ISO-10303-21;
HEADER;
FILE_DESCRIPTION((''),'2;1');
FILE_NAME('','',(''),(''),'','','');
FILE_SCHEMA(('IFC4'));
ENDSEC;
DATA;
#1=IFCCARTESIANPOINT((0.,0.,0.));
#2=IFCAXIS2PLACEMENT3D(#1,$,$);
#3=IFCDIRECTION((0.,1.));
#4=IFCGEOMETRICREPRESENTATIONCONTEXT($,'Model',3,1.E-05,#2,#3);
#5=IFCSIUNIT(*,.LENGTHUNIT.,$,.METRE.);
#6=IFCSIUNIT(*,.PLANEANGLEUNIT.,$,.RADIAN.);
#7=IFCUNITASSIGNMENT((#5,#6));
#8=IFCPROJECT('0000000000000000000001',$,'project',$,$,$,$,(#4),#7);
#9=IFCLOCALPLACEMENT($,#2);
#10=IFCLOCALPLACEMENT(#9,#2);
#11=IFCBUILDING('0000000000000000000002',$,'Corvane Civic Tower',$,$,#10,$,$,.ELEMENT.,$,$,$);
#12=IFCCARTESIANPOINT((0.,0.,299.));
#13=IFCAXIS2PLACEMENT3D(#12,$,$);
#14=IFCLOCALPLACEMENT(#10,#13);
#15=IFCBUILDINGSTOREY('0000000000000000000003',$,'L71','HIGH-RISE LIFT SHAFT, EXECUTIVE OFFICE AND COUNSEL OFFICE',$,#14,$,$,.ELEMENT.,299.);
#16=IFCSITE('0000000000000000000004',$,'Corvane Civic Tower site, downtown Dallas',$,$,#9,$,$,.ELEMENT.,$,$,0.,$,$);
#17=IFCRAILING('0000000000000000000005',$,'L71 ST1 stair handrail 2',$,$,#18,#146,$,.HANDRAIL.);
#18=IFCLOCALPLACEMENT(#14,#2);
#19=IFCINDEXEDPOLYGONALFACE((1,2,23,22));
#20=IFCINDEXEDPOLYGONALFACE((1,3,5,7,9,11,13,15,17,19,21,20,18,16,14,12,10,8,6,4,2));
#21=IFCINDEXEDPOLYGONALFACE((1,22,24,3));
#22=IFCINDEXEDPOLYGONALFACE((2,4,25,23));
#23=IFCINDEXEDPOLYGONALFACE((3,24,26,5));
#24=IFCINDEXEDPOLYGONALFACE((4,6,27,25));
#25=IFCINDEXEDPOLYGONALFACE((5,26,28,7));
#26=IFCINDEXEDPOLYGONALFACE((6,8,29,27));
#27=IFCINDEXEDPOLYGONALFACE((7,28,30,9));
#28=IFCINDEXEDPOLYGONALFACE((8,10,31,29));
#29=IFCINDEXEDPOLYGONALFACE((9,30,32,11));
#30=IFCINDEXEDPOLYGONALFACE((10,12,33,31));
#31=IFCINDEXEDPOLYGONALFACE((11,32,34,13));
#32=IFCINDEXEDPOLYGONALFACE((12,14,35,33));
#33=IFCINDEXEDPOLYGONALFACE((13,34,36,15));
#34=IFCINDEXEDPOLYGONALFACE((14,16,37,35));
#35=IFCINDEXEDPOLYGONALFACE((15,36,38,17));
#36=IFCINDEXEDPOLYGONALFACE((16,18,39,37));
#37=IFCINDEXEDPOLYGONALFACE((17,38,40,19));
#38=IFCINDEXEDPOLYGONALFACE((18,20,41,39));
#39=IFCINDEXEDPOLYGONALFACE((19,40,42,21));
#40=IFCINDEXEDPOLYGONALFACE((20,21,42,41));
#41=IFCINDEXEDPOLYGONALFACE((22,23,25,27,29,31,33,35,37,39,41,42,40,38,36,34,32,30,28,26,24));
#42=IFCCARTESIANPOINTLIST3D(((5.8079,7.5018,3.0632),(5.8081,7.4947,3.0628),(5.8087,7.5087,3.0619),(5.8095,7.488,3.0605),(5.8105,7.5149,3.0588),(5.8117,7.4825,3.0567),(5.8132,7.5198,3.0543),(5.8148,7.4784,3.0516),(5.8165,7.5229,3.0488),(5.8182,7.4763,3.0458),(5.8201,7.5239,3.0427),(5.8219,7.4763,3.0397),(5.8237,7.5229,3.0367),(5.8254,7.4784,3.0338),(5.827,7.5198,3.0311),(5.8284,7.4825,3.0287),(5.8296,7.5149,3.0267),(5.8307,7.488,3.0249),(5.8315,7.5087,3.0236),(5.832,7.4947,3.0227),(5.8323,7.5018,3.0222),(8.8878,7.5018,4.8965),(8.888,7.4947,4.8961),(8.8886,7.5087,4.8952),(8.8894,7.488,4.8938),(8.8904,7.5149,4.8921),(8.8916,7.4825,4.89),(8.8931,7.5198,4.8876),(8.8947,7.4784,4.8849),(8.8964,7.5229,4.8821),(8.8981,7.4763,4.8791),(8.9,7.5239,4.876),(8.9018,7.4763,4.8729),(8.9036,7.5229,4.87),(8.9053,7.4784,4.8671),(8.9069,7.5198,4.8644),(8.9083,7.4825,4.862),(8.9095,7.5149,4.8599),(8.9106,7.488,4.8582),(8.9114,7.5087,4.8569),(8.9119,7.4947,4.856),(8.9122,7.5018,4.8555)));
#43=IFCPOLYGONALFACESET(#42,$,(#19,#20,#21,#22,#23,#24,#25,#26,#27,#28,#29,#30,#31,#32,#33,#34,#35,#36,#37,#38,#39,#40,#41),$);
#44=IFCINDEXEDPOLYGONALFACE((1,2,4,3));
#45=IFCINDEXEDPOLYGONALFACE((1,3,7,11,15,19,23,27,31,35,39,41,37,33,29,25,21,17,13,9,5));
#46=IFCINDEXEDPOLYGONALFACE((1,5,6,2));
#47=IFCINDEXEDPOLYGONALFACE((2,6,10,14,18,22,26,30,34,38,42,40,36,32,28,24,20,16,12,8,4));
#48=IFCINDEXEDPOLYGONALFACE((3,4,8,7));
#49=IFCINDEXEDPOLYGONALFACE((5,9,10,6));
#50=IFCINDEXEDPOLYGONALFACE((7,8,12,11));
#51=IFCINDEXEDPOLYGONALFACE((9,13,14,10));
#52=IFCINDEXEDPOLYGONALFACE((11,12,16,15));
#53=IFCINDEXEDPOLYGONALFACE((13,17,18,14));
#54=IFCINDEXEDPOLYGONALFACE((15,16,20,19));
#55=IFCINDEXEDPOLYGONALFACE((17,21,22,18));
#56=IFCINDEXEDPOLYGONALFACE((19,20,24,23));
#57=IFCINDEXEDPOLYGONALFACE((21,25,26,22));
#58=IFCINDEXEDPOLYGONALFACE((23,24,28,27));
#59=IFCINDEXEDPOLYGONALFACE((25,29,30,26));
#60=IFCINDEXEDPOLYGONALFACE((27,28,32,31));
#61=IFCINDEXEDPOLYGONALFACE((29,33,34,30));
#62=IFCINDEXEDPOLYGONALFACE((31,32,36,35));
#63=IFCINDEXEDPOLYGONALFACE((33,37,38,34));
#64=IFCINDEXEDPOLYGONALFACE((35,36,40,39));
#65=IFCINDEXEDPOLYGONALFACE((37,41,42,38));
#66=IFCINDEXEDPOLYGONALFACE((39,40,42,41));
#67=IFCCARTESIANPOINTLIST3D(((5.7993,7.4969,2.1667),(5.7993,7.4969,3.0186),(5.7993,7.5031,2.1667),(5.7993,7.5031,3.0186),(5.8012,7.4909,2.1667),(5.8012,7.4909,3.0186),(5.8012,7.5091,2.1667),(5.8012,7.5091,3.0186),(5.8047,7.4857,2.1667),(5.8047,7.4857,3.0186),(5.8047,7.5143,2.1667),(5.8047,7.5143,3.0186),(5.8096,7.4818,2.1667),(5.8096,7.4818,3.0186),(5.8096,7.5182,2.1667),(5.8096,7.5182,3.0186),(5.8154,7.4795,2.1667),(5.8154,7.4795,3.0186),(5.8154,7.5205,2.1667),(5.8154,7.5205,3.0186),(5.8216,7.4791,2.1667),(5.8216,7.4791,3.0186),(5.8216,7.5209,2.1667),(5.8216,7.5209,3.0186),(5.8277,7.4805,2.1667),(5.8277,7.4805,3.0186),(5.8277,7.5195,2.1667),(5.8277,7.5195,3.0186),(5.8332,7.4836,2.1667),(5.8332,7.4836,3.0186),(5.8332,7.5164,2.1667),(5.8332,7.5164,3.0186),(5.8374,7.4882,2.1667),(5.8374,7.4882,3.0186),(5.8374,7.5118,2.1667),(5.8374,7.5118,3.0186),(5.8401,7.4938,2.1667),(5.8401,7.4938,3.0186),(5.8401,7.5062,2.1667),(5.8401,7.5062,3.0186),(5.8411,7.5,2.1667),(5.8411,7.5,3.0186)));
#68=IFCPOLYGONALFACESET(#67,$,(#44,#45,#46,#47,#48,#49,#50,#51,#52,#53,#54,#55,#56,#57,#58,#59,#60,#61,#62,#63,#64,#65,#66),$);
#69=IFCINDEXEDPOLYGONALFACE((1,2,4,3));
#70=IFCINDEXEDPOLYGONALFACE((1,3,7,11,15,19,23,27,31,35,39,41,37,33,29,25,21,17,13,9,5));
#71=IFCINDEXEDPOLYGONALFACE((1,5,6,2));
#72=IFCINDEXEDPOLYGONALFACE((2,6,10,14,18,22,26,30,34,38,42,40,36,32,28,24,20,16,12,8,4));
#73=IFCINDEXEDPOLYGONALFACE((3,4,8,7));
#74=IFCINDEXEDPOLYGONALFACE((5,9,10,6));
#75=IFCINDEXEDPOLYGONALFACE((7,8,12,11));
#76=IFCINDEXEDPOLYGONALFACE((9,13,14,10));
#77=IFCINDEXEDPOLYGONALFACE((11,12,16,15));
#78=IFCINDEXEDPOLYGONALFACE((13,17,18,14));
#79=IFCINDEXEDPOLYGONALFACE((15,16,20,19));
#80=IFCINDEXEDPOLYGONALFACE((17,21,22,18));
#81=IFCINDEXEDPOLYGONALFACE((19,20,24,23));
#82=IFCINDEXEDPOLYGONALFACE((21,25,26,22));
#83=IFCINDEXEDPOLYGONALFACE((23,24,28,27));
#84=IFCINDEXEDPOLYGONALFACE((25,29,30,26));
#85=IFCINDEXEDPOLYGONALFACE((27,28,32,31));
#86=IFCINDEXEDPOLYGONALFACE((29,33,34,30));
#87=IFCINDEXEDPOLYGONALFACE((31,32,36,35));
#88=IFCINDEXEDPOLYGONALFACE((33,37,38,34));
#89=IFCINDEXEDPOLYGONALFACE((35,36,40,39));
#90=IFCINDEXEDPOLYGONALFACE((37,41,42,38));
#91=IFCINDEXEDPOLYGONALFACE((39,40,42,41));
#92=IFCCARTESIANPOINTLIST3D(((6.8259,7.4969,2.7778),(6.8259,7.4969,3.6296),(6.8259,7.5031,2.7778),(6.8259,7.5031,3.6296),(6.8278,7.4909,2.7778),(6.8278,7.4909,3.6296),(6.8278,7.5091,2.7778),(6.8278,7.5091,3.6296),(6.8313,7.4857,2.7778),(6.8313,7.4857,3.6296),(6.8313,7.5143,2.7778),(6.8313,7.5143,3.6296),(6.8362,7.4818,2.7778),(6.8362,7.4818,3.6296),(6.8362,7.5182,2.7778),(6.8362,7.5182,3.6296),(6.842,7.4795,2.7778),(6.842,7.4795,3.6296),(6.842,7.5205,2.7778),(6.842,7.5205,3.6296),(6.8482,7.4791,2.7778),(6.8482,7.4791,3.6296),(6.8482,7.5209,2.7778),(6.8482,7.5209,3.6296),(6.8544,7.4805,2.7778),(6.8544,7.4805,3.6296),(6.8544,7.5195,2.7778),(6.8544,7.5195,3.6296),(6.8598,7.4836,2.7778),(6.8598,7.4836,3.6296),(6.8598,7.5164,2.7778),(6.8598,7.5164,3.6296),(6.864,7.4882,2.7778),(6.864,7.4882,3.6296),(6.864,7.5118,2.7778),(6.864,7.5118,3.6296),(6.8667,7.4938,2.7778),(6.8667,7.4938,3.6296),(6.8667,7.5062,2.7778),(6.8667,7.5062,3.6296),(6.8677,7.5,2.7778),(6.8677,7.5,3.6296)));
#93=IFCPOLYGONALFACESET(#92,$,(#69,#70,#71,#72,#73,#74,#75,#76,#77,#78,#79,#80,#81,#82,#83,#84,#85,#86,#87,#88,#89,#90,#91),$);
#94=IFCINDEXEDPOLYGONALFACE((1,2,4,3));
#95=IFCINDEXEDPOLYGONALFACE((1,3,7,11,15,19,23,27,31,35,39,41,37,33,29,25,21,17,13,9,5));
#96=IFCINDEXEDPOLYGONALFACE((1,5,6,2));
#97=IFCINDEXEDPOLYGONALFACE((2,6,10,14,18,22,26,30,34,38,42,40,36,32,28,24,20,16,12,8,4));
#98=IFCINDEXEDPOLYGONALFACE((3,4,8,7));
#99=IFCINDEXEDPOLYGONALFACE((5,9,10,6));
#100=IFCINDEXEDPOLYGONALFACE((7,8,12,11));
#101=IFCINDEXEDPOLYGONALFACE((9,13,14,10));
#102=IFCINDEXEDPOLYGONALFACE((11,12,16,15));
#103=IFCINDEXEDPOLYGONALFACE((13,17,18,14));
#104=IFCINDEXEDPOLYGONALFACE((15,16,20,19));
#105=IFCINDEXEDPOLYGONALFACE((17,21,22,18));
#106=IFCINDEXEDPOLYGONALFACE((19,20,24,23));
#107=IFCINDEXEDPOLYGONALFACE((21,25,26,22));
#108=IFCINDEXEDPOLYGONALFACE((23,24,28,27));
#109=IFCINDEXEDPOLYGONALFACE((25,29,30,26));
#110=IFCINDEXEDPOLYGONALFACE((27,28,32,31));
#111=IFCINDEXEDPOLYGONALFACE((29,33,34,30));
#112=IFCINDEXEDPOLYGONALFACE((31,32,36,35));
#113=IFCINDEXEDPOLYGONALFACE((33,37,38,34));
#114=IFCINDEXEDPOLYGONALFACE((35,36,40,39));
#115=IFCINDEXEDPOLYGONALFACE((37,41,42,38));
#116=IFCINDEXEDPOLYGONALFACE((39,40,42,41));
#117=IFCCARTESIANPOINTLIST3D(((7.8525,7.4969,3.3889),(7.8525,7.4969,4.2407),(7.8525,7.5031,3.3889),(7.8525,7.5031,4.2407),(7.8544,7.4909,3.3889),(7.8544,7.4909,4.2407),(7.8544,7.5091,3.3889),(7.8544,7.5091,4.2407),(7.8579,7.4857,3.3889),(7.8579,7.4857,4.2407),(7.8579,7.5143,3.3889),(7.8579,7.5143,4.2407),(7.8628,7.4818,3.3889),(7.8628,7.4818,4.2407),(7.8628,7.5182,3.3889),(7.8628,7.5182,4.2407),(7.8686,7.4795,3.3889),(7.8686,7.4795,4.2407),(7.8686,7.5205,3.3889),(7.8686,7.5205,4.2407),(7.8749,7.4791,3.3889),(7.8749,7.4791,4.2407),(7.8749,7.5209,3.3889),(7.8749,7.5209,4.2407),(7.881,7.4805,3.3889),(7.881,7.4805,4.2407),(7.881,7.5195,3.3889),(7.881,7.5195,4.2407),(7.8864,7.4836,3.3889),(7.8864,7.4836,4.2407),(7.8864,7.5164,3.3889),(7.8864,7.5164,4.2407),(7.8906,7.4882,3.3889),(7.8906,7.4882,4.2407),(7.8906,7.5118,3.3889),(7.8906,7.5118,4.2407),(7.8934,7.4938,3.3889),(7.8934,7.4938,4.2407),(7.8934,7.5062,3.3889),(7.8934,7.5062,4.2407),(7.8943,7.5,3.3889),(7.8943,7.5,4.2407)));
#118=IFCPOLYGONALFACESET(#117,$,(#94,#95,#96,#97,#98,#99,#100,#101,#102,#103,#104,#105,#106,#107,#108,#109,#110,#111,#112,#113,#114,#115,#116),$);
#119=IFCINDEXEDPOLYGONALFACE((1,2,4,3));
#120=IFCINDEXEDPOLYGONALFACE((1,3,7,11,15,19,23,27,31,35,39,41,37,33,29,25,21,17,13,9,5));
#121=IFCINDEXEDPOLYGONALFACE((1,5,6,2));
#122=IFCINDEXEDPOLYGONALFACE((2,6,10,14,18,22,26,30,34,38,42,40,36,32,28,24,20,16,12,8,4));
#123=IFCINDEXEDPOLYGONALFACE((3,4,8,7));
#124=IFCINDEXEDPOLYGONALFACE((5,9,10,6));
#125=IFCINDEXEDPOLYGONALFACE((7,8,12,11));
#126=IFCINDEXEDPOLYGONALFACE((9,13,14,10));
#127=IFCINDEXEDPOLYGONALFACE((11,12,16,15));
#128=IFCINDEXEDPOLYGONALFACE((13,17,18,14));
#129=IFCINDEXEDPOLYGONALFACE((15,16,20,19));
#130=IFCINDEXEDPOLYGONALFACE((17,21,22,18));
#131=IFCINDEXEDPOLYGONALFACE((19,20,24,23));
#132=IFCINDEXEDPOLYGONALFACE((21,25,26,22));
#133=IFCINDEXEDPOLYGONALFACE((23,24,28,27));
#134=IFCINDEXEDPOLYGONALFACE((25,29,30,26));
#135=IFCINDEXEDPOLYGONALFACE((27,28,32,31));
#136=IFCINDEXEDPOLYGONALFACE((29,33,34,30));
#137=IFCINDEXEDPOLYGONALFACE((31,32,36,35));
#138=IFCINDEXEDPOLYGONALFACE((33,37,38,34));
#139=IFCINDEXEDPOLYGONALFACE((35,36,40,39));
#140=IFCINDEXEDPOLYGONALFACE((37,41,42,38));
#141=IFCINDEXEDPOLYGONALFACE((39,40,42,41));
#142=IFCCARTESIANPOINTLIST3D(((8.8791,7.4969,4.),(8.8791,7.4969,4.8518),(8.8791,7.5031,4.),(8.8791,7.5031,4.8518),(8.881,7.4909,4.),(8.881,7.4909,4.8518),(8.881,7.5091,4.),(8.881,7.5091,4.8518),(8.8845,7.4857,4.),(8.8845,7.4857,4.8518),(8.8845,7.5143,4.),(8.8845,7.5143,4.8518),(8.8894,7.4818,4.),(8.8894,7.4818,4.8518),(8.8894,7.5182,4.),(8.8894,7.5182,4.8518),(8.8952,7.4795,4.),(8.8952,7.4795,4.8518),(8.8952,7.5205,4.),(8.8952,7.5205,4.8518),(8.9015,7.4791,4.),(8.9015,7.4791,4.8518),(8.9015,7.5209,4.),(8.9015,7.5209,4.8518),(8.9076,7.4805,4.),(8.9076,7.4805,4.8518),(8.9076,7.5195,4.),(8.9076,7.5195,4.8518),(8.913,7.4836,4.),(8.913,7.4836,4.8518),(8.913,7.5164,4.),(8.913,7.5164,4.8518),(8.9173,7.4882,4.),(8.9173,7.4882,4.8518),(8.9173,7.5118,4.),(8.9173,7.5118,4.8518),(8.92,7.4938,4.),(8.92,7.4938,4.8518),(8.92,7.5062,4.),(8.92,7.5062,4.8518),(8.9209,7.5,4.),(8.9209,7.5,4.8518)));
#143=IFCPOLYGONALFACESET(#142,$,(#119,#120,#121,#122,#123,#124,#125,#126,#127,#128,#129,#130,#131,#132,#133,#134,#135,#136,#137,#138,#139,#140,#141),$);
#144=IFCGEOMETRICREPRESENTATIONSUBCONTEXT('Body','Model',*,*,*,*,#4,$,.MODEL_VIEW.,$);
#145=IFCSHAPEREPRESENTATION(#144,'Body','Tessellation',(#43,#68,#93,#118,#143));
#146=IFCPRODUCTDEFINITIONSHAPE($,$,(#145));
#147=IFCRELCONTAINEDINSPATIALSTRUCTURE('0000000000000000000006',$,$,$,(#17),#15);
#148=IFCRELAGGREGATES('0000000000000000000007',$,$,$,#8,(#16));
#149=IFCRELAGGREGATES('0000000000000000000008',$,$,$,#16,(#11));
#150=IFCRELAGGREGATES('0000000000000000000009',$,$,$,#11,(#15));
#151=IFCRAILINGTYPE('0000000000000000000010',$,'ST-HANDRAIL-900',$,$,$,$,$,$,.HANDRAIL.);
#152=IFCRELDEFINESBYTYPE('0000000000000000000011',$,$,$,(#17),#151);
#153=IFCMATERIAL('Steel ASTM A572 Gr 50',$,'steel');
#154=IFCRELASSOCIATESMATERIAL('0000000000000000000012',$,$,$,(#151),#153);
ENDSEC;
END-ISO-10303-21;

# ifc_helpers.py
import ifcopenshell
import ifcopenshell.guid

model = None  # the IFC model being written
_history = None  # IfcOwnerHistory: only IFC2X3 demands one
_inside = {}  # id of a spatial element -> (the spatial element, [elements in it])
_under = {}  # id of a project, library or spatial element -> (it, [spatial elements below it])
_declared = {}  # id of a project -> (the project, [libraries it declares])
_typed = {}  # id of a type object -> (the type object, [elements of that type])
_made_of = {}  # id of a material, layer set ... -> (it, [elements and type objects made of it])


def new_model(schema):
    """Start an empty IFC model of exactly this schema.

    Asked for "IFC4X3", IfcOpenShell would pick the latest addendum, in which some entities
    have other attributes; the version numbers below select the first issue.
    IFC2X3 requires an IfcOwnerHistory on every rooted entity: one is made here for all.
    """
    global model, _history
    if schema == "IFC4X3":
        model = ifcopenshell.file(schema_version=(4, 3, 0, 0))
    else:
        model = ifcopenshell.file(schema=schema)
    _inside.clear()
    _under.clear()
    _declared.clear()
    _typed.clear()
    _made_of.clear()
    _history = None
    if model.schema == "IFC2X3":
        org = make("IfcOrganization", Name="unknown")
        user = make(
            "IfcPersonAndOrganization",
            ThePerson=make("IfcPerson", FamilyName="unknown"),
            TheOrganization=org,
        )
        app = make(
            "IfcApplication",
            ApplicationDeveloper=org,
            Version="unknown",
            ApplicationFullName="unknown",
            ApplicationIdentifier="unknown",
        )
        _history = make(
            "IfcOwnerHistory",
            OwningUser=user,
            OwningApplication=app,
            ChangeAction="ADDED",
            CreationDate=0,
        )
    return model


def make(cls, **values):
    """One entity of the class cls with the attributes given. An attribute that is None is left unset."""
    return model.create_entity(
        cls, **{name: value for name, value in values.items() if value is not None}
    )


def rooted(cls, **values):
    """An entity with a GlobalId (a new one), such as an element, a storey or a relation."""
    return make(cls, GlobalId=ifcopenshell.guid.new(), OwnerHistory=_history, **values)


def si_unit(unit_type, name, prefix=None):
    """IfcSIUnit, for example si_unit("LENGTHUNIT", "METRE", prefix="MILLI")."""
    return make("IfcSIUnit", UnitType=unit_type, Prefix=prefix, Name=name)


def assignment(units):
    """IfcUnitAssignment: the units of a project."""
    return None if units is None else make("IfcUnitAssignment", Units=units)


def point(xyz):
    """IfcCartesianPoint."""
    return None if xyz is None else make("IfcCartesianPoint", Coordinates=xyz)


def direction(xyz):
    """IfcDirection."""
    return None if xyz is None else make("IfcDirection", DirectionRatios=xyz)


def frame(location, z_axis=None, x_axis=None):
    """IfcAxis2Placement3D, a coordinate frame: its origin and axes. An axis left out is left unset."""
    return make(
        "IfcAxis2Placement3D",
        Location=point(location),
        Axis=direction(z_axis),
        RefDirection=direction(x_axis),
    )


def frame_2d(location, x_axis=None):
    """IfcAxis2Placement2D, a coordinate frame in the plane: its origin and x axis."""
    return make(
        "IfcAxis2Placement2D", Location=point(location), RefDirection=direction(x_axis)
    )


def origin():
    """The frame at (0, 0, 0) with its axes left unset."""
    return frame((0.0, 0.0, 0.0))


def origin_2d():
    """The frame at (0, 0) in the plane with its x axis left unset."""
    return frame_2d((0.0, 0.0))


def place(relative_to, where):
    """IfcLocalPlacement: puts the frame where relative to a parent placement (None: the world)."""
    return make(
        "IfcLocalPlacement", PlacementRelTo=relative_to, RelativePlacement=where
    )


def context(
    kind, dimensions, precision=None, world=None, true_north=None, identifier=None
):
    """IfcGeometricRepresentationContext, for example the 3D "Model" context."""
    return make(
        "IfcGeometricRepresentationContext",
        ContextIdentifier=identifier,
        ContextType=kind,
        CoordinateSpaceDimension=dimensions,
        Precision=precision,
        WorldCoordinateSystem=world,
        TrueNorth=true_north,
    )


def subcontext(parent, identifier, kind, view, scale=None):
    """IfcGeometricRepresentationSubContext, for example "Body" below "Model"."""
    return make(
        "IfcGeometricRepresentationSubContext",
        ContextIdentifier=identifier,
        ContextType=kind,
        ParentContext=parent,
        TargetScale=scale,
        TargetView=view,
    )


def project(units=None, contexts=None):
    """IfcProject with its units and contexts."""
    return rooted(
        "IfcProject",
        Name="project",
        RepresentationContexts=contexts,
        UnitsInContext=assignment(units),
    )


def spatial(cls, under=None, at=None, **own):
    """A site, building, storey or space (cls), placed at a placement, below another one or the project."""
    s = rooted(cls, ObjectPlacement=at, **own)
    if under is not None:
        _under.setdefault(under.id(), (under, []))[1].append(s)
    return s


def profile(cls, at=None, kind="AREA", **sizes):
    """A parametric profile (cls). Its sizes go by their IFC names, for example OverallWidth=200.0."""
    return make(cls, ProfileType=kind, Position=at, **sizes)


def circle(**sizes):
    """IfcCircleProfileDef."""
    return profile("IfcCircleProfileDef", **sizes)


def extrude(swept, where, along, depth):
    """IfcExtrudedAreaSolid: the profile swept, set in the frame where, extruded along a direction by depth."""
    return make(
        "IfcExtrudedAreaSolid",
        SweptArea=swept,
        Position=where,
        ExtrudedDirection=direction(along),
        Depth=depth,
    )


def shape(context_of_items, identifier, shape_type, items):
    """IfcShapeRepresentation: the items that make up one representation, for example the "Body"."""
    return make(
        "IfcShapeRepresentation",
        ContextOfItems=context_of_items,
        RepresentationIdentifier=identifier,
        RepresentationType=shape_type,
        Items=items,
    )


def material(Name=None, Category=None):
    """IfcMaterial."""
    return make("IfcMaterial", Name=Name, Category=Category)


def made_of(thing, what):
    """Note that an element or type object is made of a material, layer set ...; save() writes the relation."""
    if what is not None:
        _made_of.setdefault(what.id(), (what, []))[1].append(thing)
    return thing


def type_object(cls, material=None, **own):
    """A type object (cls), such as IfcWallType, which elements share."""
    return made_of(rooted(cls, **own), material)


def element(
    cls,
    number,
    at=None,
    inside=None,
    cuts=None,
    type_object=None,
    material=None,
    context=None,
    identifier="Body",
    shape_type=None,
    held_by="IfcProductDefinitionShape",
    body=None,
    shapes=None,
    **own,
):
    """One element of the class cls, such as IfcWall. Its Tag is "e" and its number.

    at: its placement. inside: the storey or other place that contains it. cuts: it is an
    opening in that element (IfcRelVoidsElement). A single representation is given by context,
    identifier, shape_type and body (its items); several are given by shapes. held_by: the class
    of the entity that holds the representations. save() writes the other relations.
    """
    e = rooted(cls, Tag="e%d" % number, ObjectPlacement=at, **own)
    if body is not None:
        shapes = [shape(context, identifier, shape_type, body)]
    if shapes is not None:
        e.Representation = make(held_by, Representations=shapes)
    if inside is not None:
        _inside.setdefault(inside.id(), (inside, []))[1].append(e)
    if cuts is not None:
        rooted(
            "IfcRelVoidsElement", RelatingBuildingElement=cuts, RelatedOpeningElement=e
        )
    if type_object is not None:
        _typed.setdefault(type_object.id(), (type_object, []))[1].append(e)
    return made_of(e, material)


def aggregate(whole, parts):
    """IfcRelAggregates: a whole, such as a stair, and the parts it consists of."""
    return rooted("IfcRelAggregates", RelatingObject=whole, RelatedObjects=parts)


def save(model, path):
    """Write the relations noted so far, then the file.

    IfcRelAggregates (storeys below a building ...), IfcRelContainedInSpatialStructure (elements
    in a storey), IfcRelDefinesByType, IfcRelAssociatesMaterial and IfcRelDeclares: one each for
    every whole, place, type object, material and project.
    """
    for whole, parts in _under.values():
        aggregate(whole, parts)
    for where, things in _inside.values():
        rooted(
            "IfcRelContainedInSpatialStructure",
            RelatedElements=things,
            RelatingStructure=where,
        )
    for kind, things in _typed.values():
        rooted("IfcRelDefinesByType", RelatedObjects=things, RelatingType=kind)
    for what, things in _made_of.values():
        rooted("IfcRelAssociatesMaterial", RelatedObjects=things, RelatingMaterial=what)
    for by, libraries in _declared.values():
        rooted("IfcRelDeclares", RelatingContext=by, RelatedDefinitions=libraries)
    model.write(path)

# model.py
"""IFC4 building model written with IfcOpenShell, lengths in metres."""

from ifc_helpers import new_model, si_unit, direction, frame, origin, origin_2d, place, context, subcontext, project, spatial, circle, extrude, material, type_object, element, save


model = new_model("IFC4")

# Units and contexts
model_context = context("Model", 3, precision=1e-05, world=origin(), true_north=direction((0.0, 1.0)))
body_context = subcontext(model_context, "Body", "Model", "MODEL_VIEW")
ifc_project = project(units=[si_unit("LENGTHUNIT", "METRE"), si_unit("PLANEANGLEUNIT", "RADIAN")], contexts=[model_context])

# Site, building, storey
site_placement = place(None, origin())
site = spatial("IfcSite", under=ifc_project, at=site_placement, Name="Corvane Civic Tower site, downtown Dallas", CompositionType="ELEMENT", RefElevation=0.0)
building_placement = place(site_placement, origin())
building = spatial("IfcBuilding", under=site, at=building_placement, Name="Corvane Civic Tower", CompositionType="ELEMENT")
storey_placement = place(building_placement, frame((0.0, 0.0, 299.0)))
storey = spatial("IfcBuildingStorey", under=building, at=storey_placement, Name="L71", Description="HIGH-RISE LIFT SHAFT, EXECUTIVE OFFICE AND COUNSEL OFFICE", CompositionType="ELEMENT", Elevation=299.0)

# Railing
ifc_material_1 = material(Name="Steel ASTM A572 Gr 50", Category="steel")
railing_type_1 = type_object("IfcRailingType", Name="ST-HANDRAIL-900", PredefinedType="HANDRAIL", material=ifc_material_1)
railing_1_placement = place(storey_placement, frame((5.8201, 7.5, 2.1667)))
element("IfcRailing", 1, at=railing_1_placement, inside=storey, type_object=railing_type_1, Name="L71 ST1 stair handrail 2", PredefinedType="HANDRAIL", context=body_context, shape_type="SweptSolid", body=[
    extrude(circle(Radius=0.0239, at=origin_2d()), frame((0.0, 0.0, 0.876), z_axis=(0.859291, 0.0, 0.511487), x_axis=(0.0, 1.0, 0.0)), (0.0, 0.0, 1.0), 3.5842),
    extrude(circle(Radius=0.021, at=origin_2d()), origin(), (0.0, 0.0, 1.0), 0.8518),
    extrude(circle(Radius=0.021, at=origin_2d()), frame((1.0266, 0.0, 0.6111)), (0.0, 0.0, 1.0), 0.8518),
    extrude(circle(Radius=0.021, at=origin_2d()), frame((2.0532, 0.0, 1.2222)), (0.0, 0.0, 1.0), 0.8518),
    extrude(circle(Radius=0.021, at=origin_2d()), frame((3.0798, 0.0, 1.8333)), (0.0, 0.0, 1.0), 0.8518),
])

save(model, "model.ifc")
